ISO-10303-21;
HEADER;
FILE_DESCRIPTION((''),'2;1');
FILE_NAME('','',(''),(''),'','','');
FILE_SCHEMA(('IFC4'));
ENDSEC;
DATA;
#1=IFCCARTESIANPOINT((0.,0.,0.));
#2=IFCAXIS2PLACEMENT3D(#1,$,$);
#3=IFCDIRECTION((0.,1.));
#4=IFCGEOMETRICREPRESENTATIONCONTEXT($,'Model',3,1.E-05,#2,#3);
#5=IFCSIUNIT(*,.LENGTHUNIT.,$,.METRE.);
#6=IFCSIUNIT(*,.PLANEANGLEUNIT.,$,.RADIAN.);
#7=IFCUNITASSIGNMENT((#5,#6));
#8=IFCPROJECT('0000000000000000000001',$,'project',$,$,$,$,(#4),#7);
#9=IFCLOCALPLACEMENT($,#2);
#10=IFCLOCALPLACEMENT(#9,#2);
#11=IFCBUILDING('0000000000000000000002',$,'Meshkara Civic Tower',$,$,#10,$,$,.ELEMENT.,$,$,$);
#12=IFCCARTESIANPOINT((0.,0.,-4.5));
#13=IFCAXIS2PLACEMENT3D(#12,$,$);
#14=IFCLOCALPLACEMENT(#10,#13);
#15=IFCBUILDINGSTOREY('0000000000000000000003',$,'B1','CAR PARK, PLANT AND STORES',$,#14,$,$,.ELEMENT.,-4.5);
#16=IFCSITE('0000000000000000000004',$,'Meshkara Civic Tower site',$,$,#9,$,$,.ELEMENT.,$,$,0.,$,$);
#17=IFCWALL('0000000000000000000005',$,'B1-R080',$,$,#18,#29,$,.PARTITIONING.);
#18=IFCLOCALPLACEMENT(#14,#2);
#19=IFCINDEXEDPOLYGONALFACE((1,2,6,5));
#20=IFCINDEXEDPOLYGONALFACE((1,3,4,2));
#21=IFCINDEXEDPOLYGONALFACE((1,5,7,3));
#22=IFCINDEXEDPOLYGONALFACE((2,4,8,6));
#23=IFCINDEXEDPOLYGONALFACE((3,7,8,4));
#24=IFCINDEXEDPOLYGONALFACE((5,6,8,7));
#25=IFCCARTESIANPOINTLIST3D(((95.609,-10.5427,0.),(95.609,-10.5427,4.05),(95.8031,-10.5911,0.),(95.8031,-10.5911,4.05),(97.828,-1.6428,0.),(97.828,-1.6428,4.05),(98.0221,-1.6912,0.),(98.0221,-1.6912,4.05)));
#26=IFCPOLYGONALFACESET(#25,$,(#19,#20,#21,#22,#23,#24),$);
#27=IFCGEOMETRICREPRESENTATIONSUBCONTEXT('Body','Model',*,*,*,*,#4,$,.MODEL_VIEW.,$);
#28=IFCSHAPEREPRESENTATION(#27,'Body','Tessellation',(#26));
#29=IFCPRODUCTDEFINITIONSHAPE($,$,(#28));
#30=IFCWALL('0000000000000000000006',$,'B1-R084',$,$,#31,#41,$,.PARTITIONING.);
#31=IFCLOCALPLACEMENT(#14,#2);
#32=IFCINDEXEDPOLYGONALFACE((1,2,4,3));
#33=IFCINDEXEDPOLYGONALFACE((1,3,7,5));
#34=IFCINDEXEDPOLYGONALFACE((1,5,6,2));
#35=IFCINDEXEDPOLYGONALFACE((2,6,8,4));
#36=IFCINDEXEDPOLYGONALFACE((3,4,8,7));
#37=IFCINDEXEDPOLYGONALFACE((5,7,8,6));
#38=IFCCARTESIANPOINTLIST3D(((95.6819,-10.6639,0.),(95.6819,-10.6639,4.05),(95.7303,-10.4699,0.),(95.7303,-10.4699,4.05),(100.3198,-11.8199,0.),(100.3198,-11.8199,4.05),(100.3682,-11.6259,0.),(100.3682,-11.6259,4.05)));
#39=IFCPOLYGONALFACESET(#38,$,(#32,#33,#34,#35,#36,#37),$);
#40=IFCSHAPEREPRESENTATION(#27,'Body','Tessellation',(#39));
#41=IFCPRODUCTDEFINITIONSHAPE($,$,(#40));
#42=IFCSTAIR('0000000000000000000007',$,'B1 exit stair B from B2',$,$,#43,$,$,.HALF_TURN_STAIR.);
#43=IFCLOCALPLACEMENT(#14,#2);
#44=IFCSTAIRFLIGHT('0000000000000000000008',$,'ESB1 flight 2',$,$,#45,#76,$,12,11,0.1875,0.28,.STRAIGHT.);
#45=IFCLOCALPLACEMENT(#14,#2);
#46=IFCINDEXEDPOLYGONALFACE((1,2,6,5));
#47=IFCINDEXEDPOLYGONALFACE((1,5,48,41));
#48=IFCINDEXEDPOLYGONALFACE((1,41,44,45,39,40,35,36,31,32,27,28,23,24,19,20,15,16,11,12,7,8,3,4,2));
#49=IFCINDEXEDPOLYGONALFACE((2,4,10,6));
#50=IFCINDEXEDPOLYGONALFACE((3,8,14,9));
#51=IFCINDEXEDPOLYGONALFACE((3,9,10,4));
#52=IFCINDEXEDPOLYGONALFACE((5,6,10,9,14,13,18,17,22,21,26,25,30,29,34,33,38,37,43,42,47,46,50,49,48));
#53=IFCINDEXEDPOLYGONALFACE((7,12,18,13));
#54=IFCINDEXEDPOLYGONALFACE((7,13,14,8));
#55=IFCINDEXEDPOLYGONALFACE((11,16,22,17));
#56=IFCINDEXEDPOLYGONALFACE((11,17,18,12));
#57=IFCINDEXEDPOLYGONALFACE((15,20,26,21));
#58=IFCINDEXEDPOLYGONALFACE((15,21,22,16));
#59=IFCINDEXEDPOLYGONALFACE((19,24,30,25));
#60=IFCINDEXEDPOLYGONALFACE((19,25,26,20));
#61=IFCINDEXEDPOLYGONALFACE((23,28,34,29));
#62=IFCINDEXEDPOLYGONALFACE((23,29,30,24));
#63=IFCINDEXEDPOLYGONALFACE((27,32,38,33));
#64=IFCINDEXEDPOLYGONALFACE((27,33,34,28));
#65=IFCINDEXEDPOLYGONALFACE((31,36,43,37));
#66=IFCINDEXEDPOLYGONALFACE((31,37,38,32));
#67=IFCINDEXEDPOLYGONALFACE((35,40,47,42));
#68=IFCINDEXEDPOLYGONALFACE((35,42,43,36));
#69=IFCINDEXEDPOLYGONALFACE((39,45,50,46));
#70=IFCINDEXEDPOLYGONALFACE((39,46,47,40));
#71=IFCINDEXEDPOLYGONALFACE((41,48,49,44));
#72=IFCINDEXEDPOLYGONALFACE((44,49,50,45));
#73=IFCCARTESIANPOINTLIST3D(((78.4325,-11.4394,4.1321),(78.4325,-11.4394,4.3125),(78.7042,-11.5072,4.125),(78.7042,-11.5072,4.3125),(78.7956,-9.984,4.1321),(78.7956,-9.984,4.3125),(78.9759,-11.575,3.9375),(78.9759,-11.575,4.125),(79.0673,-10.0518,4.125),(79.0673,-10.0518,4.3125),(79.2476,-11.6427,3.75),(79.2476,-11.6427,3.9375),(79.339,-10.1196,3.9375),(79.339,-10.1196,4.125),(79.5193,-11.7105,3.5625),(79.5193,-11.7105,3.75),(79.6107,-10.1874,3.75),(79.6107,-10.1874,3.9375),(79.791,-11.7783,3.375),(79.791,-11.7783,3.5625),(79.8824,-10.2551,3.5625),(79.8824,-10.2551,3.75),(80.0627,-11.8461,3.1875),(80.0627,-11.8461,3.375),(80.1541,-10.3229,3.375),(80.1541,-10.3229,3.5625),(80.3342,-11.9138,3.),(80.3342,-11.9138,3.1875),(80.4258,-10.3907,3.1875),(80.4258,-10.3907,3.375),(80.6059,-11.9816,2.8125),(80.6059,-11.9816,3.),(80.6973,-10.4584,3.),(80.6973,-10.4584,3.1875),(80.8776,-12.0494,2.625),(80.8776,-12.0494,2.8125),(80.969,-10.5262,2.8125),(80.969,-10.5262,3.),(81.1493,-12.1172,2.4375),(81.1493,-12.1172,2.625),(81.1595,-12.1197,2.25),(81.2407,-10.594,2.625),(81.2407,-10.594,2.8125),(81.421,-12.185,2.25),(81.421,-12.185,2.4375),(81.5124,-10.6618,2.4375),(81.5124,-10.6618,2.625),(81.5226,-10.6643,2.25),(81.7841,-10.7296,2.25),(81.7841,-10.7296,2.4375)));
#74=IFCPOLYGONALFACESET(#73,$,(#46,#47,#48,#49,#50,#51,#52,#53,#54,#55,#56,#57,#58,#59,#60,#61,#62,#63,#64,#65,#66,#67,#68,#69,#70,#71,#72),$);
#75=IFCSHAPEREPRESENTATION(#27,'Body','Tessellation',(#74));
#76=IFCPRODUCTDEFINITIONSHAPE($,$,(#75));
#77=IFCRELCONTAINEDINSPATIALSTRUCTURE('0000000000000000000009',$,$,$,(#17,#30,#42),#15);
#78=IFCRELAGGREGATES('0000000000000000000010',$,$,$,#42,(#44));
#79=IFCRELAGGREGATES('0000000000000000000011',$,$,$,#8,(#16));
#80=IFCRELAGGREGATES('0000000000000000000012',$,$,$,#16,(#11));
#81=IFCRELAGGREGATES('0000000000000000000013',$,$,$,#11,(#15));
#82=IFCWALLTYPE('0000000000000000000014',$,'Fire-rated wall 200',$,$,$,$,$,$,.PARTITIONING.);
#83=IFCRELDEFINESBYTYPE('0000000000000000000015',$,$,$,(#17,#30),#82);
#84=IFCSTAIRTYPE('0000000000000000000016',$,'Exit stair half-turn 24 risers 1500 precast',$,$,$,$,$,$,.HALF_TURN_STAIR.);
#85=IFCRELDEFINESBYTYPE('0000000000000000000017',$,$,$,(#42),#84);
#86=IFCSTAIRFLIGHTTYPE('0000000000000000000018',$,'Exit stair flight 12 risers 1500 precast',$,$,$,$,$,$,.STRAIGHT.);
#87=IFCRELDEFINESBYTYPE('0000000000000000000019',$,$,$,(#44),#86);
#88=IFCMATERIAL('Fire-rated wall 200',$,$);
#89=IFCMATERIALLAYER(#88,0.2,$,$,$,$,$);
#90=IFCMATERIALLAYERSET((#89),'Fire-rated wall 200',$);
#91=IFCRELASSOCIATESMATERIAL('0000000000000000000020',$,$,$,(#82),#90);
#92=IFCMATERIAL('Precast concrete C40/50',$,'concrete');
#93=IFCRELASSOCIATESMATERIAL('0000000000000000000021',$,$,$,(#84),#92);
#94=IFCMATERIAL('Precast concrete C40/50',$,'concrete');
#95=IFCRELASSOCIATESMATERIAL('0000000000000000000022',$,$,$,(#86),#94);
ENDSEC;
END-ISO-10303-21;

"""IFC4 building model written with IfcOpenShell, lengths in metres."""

from ifc_helpers import new_model, si_unit, direction, frame, frame_2d, origin, place, context, subcontext, project, spatial, polyline, rectangle, outline, extrude, material, layer, layer_set, type_object, element, aggregate, save


model = new_model("IFC4")

# Units and contexts
model_context = context("Model", 3, precision=1e-05, world=origin(), true_north=direction((0.0, 1.0)))
body_context = subcontext(model_context, "Body", "Model", "MODEL_VIEW")
ifc_project = project(units=[si_unit("LENGTHUNIT", "METRE"), si_unit("PLANEANGLEUNIT", "RADIAN")], contexts=[model_context])

# Site, building, storey
site_placement = place(None, origin())
site = spatial("IfcSite", under=ifc_project, at=site_placement, Name="Meshkara Civic Tower site", CompositionType="ELEMENT", RefElevation=0.0)
building_placement = place(site_placement, origin())
building = spatial("IfcBuilding", under=site, at=building_placement, Name="Meshkara Civic Tower", CompositionType="ELEMENT")
storey_placement = place(building_placement, frame((0.0, 0.0, -4.5)))
storey = spatial("IfcBuildingStorey", under=building, at=storey_placement, Name="B1", Description="CAR PARK, PLANT AND STORES", CompositionType="ELEMENT", Elevation=-4.5)

# Walls
ifc_material_1 = material(Name="Fire-rated wall 200")
ifc_layer_1 = layer(ifc_material_1, 0.2)
ifc_layer_set_1 = layer_set([ifc_layer_1], Name="Fire-rated wall 200")
wall_type_1 = type_object("IfcWallType", Name="Fire-rated wall 200", PredefinedType="PARTITIONING", material=ifc_layer_set_1)
wall_1_placement = place(storey_placement, frame((95.7061, -10.5669, 0.0), z_axis=(0.0, 0.0, 1.0), x_axis=(0.241922, 0.970296, 0.0)))
element("IfcWall", 1, at=wall_1_placement, inside=storey, type_object=wall_type_1, Name="B1-R080", PredefinedType="PARTITIONING", context=body_context, shape_type="SweptSolid", body=[
    extrude(rectangle(XDim=9.1724, YDim=0.2, at=frame_2d((4.5862, 0.0))), origin(), (0.0, 0.0, 1.0), 4.05),
])
wall_2_placement = place(storey_placement, frame((100.344, -11.7229, 0.0), z_axis=(0.0, 0.0, 1.0), x_axis=(-0.970314, 0.241851, 0.0)))
element("IfcWall", 2, at=wall_2_placement, inside=storey, type_object=wall_type_1, Name="B1-R084", PredefinedType="PARTITIONING", context=body_context, shape_type="SweptSolid", body=[
    extrude(rectangle(XDim=4.7798, YDim=0.2, at=frame_2d((2.3899, 0.0))), origin(), (0.0, 0.0, 1.0), 4.05),
])

# Stair, stair flight
ifc_material_2 = material(Name="Precast concrete C40/50", Category="concrete")
stair_type = type_object("IfcStairType", Name="Exit stair half-turn 24 risers 1500 precast", PredefinedType="HALF_TURN_STAIR", material=ifc_material_2)
stair_placement = place(storey_placement, origin())
stair = element("IfcStair", 3, at=stair_placement, inside=storey, type_object=stair_type, Name="B1 exit stair B from B2", PredefinedType="HALF_TURN_STAIR")
ifc_material_3 = material(Name="Precast concrete C40/50", Category="concrete")
stair_flight_type = type_object("IfcStairFlightType", Name="Exit stair flight 12 risers 1500 precast", PredefinedType="STRAIGHT", material=ifc_material_3)
stair_flight_placement = place(storey_placement, frame((81.6025, -11.4573, 2.25), z_axis=(0.0, 0.0, 1.0), x_axis=(-0.97026, 0.242065, 0.0)))
stair_flight = element("IfcStairFlight", 4, at=stair_flight_placement, type_object=stair_flight_type, Name="ESB1 flight 2", NumberOfRisers=12, NumberOfTreads=11, PredefinedType="STRAIGHT", RiserHeight=0.1875, TreadLength=0.28, context=body_context, shape_type="SweptSolid", body=[
    extrude(outline(polyline([(0.0, 0.0), (0.0, 0.1875), (0.28, 0.1875), (0.28, 0.375), (0.5601, 0.375), (0.5601, 0.5625), (0.8401, 0.5625), (0.8401, 0.75), (1.1201, 0.75), (1.1201, 0.9375), (1.3999, 0.9375), (1.3999, 1.125), (1.6799, 1.125), (1.6799, 1.3125), (1.96, 1.3125), (1.96, 1.5), (2.24, 1.5), (2.24, 1.6875), (2.52, 1.6875), (2.52, 1.875), (2.8, 1.875), (2.8, 2.0625), (3.0801, 2.0625), (3.0801, 2.25), (3.0801, 1.8821), (0.2695, 0.0), (0.0, 0.0)])), frame((0.0, 0.75, 0.0), z_axis=(0.0, -1.0, 0.0), x_axis=(1.0, 0.0, 0.0)), (0.0, 0.0, 1.0), 1.5),
])
aggregate(stair, [stair_flight])

save(model, "model.ifc")
